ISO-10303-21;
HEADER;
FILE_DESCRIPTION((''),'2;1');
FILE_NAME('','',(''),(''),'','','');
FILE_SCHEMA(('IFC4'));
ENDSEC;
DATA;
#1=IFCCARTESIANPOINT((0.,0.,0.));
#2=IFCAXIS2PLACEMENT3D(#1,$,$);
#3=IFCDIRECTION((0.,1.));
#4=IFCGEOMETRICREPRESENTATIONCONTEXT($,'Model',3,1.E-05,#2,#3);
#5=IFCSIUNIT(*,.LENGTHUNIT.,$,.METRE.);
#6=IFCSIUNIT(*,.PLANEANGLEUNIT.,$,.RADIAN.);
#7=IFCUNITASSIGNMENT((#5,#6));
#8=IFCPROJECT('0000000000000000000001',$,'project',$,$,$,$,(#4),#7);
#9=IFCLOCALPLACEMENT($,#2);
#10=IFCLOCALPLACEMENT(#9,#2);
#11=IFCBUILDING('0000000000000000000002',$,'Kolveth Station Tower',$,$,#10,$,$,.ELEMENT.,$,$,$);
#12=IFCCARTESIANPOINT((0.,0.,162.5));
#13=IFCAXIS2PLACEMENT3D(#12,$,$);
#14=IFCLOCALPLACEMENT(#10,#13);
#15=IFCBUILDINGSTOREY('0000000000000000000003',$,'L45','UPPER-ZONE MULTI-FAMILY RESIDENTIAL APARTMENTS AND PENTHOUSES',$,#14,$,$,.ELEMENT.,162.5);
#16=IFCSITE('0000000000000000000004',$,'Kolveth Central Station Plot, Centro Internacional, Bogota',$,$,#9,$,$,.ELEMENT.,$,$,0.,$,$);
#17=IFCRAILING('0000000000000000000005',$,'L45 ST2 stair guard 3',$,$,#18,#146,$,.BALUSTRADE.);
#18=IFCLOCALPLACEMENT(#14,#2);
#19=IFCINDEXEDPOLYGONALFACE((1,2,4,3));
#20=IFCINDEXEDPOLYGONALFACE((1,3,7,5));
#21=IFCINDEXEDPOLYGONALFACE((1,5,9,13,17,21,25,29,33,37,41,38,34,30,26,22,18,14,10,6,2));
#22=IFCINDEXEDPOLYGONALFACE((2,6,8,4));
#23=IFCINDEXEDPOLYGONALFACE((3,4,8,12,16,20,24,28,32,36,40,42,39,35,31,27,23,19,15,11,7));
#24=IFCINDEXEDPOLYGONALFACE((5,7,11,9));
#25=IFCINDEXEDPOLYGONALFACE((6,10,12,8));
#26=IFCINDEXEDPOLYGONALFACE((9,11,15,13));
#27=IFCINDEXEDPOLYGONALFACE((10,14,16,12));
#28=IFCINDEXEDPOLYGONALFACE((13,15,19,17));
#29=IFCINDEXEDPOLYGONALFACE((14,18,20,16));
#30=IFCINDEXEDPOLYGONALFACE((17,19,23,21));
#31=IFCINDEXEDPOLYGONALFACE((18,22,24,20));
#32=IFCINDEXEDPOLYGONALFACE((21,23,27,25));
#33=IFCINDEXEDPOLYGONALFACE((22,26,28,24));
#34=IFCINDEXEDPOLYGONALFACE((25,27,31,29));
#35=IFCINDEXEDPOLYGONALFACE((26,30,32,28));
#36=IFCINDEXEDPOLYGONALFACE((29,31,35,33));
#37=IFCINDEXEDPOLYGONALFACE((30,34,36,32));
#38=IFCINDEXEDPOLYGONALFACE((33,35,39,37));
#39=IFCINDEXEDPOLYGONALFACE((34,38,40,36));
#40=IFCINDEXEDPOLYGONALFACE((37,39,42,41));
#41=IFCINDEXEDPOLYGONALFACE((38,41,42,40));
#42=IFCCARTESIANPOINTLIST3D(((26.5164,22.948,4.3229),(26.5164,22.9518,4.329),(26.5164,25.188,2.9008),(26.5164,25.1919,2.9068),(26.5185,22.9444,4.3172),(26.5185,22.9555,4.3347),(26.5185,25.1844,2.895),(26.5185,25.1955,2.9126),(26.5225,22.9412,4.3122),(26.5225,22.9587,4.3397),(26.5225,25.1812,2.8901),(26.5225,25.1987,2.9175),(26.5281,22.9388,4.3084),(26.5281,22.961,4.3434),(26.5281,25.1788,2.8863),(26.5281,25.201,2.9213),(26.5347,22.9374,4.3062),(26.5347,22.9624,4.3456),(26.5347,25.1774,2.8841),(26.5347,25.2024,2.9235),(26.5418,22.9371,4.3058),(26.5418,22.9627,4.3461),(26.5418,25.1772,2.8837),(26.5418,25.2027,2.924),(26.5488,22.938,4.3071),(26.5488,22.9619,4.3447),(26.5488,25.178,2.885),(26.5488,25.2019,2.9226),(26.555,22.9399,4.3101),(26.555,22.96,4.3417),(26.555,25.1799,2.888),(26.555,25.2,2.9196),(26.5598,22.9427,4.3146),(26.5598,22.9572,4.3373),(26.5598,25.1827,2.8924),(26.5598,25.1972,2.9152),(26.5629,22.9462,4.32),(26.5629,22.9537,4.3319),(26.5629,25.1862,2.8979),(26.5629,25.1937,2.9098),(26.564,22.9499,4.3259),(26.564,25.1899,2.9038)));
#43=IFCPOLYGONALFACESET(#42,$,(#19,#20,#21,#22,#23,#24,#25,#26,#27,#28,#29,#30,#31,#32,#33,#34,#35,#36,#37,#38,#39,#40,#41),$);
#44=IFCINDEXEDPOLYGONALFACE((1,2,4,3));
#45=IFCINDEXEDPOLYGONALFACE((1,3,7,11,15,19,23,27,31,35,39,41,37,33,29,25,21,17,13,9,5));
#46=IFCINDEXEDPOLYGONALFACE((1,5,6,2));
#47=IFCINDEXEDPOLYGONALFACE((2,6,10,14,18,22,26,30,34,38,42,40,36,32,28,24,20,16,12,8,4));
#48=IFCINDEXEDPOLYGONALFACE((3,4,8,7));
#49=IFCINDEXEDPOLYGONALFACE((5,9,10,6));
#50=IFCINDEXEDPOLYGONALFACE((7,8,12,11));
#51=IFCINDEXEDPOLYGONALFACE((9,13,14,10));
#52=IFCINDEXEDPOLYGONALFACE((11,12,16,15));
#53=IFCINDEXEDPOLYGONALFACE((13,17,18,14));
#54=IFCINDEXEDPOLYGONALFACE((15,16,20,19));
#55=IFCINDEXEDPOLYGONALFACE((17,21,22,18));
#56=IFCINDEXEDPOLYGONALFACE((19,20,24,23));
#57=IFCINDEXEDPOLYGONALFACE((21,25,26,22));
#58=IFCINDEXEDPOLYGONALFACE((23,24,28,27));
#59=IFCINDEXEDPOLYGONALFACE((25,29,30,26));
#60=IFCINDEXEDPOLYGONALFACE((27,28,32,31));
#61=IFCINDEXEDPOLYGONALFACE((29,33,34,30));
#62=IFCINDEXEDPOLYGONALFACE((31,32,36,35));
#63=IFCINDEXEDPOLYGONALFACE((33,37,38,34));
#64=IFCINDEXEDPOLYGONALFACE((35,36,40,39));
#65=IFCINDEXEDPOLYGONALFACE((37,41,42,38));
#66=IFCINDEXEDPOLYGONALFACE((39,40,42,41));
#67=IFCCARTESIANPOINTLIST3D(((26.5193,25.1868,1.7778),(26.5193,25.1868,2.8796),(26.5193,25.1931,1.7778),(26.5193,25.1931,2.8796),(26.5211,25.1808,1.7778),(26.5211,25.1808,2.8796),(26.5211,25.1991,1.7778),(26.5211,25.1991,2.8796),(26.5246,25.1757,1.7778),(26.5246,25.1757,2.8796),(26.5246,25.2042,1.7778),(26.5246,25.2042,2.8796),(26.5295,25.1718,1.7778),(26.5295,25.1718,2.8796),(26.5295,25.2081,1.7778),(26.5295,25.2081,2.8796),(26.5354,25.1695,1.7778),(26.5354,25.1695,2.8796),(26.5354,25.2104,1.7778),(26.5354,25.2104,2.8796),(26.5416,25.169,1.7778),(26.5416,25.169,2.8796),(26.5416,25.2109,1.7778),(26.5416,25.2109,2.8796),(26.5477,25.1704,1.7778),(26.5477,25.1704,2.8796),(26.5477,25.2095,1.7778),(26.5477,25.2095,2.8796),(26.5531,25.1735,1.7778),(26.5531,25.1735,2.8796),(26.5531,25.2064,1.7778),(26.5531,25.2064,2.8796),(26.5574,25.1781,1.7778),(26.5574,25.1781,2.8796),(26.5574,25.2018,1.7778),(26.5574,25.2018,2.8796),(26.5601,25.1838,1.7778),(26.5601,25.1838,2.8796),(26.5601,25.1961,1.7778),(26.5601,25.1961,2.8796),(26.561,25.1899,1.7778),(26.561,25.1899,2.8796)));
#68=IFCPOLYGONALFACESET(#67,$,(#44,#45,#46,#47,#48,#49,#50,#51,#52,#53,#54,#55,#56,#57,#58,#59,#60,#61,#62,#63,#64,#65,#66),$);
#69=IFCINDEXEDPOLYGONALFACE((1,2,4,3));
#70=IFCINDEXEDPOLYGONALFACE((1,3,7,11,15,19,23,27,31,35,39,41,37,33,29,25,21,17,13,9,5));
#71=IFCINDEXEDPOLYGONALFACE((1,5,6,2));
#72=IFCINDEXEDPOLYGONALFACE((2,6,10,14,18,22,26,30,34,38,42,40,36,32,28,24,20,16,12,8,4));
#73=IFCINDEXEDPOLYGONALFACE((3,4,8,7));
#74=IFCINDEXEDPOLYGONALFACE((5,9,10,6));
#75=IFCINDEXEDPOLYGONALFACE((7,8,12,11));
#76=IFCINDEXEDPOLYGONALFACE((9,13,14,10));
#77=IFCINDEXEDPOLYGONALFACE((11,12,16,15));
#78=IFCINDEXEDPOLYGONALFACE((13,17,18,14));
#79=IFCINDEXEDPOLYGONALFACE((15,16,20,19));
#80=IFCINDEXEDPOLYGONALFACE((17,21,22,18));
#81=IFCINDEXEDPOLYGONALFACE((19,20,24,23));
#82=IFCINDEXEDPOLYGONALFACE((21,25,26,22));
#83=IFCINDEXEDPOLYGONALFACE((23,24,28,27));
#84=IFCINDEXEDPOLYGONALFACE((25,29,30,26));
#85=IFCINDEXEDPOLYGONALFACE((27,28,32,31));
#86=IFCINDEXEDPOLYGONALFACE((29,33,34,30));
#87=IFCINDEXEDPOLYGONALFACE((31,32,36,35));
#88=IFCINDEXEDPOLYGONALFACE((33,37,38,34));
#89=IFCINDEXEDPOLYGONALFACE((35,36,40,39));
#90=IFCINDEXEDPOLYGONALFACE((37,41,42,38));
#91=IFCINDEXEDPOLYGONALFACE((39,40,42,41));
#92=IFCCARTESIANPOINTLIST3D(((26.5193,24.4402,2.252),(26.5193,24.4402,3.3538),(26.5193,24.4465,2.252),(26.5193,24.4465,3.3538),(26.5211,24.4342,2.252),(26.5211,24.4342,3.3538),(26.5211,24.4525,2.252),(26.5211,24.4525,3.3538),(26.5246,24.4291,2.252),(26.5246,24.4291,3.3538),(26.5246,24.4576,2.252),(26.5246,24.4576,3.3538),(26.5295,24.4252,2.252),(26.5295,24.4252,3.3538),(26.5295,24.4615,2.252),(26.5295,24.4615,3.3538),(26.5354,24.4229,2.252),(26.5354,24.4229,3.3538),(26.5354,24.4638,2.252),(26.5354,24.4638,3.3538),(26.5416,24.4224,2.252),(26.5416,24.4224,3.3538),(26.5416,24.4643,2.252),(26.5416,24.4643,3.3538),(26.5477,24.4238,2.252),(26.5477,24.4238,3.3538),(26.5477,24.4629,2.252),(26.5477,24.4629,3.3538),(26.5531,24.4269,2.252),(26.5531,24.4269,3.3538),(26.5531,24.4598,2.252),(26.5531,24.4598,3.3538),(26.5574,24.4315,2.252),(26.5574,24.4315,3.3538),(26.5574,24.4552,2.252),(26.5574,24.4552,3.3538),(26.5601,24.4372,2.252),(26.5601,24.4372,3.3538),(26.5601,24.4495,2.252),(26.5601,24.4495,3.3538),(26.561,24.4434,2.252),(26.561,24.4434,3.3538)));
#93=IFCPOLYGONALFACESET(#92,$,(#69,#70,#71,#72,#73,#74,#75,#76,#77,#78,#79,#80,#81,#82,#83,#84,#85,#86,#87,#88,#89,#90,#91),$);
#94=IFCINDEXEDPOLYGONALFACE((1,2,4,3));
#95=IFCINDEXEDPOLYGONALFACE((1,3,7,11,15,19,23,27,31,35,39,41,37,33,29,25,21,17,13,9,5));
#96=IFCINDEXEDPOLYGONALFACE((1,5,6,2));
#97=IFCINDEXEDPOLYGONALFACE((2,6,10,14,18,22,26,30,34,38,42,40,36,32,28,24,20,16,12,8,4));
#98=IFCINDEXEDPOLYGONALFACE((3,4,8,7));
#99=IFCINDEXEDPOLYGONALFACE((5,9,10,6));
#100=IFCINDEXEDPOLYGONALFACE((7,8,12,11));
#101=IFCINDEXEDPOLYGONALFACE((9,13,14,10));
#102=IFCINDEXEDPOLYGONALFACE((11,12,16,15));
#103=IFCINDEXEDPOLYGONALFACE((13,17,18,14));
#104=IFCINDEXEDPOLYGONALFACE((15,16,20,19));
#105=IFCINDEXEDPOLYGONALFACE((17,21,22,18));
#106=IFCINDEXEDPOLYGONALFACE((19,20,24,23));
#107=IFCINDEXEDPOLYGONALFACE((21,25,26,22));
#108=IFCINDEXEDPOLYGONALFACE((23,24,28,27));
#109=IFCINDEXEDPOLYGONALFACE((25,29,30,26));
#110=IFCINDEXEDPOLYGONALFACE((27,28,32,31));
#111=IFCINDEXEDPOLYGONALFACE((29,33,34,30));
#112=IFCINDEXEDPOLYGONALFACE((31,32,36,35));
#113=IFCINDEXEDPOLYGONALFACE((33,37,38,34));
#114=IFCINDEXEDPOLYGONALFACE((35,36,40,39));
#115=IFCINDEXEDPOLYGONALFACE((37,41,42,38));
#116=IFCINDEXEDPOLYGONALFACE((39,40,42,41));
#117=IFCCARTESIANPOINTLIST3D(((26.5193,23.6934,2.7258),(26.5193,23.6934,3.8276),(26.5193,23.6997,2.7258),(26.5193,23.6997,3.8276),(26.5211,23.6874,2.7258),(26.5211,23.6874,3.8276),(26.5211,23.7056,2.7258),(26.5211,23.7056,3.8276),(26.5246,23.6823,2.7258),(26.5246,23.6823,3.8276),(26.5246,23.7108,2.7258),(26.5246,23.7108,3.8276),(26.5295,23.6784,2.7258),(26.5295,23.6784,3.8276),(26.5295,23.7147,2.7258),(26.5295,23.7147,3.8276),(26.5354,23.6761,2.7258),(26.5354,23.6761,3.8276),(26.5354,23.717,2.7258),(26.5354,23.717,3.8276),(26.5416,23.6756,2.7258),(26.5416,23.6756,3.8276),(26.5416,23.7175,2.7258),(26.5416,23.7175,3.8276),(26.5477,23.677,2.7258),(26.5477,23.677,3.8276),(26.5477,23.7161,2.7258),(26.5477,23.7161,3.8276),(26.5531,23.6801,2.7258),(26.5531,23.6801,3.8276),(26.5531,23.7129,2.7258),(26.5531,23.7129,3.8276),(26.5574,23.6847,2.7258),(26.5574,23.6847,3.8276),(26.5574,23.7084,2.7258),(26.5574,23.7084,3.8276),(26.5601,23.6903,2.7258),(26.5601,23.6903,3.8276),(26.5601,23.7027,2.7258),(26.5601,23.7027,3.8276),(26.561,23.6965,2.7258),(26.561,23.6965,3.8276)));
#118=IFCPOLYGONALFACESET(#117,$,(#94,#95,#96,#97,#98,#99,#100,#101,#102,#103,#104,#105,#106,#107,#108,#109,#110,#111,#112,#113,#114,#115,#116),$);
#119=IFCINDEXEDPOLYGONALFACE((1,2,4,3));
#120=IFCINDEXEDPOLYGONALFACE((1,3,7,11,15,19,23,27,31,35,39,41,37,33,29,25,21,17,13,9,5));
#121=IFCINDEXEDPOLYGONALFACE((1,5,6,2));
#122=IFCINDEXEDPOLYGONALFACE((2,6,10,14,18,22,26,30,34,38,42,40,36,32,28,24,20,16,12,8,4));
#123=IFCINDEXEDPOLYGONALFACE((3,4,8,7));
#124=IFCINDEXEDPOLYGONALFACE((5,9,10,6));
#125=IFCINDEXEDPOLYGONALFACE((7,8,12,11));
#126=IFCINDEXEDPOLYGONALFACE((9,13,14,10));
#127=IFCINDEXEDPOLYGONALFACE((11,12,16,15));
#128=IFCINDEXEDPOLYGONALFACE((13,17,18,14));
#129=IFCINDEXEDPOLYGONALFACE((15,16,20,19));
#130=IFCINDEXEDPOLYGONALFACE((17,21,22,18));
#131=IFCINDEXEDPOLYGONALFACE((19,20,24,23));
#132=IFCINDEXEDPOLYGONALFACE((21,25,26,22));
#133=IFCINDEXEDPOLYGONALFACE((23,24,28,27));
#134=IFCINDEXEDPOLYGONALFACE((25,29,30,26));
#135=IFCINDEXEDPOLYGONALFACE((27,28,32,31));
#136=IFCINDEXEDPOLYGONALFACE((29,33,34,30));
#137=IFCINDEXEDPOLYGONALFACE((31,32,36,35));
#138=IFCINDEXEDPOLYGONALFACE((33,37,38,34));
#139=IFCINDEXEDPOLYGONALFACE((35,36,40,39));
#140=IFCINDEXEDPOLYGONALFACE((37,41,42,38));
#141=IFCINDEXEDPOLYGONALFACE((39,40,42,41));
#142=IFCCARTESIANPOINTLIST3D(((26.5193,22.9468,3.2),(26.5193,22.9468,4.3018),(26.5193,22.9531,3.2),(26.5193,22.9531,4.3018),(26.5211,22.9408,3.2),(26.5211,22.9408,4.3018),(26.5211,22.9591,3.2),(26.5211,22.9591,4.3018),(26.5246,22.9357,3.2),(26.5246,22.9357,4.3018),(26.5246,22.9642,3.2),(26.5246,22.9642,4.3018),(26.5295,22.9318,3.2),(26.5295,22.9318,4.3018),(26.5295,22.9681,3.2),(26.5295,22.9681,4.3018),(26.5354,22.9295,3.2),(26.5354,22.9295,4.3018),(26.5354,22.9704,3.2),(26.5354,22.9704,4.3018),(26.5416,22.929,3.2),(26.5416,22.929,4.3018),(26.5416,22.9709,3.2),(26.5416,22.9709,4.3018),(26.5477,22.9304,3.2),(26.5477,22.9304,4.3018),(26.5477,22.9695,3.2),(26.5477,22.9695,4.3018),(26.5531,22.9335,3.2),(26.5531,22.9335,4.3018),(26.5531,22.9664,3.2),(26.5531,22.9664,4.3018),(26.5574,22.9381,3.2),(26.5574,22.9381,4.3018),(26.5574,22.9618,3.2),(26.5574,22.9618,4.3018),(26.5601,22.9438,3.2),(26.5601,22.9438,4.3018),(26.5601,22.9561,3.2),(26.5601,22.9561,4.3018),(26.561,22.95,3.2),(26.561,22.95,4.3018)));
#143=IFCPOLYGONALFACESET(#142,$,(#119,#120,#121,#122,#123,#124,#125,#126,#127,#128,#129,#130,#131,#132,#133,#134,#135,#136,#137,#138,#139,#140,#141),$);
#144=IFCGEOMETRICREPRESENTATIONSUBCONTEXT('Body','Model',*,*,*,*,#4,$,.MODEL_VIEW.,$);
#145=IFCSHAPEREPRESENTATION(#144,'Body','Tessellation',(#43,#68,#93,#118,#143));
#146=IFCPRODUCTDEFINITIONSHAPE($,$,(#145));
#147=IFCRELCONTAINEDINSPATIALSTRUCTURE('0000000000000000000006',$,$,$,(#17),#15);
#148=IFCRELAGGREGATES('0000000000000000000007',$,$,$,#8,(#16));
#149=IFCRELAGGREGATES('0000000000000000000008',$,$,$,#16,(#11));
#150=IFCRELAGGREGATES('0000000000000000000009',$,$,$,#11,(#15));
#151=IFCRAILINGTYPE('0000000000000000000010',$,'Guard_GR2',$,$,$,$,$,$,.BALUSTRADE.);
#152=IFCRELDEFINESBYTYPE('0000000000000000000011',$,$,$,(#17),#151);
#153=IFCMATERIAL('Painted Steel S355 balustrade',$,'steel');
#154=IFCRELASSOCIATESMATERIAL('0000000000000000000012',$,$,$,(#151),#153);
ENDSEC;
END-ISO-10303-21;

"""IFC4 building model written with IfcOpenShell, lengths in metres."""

from ifc_helpers import new_model, si_unit, direction, frame, origin, origin_2d, place, context, subcontext, project, spatial, circle, extrude, material, type_object, element, save


model = new_model("IFC4")

# Units and contexts
model_context = context("Model", 3, precision=1e-05, world=origin(), true_north=direction((0.0, 1.0)))
body_context = subcontext(model_context, "Body", "Model", "MODEL_VIEW")
ifc_project = project(units=[si_unit("LENGTHUNIT", "METRE"), si_unit("PLANEANGLEUNIT", "RADIAN")], contexts=[model_context])

# Site, building, storey
site_placement = place(None, origin())
site = spatial("IfcSite", under=ifc_project, at=site_placement, Name="Kolveth Central Station Plot, Centro Internacional, Bogota", CompositionType="ELEMENT", RefElevation=0.0)
building_placement = place(site_placement, origin())
building = spatial("IfcBuilding", under=site, at=building_placement, Name="Kolveth Station Tower", CompositionType="ELEMENT")
storey_placement = place(building_placement, frame((0.0, 0.0, 162.5)))
storey = spatial("IfcBuildingStorey", under=building, at=storey_placement, Name="L45", Description="UPPER-ZONE MULTI-FAMILY RESIDENTIAL APARTMENTS AND PENTHOUSES", CompositionType="ELEMENT", Elevation=162.5)

# Railing
ifc_material_1 = material(Name="Painted Steel S355 balustrade", Category="steel")
railing_type_1 = type_object("IfcRailingType", Name="Guard_GR2", PredefinedType="BALUSTRADE", material=ifc_material_1)
railing_1_placement = place(storey_placement, frame((26.54, 25.1899, 1.7778)))
element("IfcRailing", 1, at=railing_1_placement, inside=storey, type_object=railing_type_1, Name="L45 ST2 stair guard 3", PredefinedType="BALUSTRADE", context=body_context, shape_type="SweptSolid", body=[
    extrude(circle(Radius=0.0239, at=origin_2d()), frame((0.0, 0.0, 1.126), z_axis=(0.0, -0.844229, 0.535982), x_axis=(1.0, 0.0, 0.0)), (0.0, 0.0, 1.0), 2.6533),
    extrude(circle(Radius=0.021, at=origin_2d()), origin(), (0.0, 0.0, 1.0), 1.1018),
    extrude(circle(Radius=0.021, at=origin_2d()), frame((0.0, -0.7466, 0.4741)), (0.0, 0.0, 1.0), 1.1018),
    extrude(circle(Radius=0.021, at=origin_2d()), frame((0.0, -1.4934, 0.948)), (0.0, 0.0, 1.0), 1.1018),
    extrude(circle(Radius=0.021, at=origin_2d()), frame((0.0, -2.24, 1.4221)), (0.0, 0.0, 1.0), 1.1018),
])

save(model, "model.ifc")
